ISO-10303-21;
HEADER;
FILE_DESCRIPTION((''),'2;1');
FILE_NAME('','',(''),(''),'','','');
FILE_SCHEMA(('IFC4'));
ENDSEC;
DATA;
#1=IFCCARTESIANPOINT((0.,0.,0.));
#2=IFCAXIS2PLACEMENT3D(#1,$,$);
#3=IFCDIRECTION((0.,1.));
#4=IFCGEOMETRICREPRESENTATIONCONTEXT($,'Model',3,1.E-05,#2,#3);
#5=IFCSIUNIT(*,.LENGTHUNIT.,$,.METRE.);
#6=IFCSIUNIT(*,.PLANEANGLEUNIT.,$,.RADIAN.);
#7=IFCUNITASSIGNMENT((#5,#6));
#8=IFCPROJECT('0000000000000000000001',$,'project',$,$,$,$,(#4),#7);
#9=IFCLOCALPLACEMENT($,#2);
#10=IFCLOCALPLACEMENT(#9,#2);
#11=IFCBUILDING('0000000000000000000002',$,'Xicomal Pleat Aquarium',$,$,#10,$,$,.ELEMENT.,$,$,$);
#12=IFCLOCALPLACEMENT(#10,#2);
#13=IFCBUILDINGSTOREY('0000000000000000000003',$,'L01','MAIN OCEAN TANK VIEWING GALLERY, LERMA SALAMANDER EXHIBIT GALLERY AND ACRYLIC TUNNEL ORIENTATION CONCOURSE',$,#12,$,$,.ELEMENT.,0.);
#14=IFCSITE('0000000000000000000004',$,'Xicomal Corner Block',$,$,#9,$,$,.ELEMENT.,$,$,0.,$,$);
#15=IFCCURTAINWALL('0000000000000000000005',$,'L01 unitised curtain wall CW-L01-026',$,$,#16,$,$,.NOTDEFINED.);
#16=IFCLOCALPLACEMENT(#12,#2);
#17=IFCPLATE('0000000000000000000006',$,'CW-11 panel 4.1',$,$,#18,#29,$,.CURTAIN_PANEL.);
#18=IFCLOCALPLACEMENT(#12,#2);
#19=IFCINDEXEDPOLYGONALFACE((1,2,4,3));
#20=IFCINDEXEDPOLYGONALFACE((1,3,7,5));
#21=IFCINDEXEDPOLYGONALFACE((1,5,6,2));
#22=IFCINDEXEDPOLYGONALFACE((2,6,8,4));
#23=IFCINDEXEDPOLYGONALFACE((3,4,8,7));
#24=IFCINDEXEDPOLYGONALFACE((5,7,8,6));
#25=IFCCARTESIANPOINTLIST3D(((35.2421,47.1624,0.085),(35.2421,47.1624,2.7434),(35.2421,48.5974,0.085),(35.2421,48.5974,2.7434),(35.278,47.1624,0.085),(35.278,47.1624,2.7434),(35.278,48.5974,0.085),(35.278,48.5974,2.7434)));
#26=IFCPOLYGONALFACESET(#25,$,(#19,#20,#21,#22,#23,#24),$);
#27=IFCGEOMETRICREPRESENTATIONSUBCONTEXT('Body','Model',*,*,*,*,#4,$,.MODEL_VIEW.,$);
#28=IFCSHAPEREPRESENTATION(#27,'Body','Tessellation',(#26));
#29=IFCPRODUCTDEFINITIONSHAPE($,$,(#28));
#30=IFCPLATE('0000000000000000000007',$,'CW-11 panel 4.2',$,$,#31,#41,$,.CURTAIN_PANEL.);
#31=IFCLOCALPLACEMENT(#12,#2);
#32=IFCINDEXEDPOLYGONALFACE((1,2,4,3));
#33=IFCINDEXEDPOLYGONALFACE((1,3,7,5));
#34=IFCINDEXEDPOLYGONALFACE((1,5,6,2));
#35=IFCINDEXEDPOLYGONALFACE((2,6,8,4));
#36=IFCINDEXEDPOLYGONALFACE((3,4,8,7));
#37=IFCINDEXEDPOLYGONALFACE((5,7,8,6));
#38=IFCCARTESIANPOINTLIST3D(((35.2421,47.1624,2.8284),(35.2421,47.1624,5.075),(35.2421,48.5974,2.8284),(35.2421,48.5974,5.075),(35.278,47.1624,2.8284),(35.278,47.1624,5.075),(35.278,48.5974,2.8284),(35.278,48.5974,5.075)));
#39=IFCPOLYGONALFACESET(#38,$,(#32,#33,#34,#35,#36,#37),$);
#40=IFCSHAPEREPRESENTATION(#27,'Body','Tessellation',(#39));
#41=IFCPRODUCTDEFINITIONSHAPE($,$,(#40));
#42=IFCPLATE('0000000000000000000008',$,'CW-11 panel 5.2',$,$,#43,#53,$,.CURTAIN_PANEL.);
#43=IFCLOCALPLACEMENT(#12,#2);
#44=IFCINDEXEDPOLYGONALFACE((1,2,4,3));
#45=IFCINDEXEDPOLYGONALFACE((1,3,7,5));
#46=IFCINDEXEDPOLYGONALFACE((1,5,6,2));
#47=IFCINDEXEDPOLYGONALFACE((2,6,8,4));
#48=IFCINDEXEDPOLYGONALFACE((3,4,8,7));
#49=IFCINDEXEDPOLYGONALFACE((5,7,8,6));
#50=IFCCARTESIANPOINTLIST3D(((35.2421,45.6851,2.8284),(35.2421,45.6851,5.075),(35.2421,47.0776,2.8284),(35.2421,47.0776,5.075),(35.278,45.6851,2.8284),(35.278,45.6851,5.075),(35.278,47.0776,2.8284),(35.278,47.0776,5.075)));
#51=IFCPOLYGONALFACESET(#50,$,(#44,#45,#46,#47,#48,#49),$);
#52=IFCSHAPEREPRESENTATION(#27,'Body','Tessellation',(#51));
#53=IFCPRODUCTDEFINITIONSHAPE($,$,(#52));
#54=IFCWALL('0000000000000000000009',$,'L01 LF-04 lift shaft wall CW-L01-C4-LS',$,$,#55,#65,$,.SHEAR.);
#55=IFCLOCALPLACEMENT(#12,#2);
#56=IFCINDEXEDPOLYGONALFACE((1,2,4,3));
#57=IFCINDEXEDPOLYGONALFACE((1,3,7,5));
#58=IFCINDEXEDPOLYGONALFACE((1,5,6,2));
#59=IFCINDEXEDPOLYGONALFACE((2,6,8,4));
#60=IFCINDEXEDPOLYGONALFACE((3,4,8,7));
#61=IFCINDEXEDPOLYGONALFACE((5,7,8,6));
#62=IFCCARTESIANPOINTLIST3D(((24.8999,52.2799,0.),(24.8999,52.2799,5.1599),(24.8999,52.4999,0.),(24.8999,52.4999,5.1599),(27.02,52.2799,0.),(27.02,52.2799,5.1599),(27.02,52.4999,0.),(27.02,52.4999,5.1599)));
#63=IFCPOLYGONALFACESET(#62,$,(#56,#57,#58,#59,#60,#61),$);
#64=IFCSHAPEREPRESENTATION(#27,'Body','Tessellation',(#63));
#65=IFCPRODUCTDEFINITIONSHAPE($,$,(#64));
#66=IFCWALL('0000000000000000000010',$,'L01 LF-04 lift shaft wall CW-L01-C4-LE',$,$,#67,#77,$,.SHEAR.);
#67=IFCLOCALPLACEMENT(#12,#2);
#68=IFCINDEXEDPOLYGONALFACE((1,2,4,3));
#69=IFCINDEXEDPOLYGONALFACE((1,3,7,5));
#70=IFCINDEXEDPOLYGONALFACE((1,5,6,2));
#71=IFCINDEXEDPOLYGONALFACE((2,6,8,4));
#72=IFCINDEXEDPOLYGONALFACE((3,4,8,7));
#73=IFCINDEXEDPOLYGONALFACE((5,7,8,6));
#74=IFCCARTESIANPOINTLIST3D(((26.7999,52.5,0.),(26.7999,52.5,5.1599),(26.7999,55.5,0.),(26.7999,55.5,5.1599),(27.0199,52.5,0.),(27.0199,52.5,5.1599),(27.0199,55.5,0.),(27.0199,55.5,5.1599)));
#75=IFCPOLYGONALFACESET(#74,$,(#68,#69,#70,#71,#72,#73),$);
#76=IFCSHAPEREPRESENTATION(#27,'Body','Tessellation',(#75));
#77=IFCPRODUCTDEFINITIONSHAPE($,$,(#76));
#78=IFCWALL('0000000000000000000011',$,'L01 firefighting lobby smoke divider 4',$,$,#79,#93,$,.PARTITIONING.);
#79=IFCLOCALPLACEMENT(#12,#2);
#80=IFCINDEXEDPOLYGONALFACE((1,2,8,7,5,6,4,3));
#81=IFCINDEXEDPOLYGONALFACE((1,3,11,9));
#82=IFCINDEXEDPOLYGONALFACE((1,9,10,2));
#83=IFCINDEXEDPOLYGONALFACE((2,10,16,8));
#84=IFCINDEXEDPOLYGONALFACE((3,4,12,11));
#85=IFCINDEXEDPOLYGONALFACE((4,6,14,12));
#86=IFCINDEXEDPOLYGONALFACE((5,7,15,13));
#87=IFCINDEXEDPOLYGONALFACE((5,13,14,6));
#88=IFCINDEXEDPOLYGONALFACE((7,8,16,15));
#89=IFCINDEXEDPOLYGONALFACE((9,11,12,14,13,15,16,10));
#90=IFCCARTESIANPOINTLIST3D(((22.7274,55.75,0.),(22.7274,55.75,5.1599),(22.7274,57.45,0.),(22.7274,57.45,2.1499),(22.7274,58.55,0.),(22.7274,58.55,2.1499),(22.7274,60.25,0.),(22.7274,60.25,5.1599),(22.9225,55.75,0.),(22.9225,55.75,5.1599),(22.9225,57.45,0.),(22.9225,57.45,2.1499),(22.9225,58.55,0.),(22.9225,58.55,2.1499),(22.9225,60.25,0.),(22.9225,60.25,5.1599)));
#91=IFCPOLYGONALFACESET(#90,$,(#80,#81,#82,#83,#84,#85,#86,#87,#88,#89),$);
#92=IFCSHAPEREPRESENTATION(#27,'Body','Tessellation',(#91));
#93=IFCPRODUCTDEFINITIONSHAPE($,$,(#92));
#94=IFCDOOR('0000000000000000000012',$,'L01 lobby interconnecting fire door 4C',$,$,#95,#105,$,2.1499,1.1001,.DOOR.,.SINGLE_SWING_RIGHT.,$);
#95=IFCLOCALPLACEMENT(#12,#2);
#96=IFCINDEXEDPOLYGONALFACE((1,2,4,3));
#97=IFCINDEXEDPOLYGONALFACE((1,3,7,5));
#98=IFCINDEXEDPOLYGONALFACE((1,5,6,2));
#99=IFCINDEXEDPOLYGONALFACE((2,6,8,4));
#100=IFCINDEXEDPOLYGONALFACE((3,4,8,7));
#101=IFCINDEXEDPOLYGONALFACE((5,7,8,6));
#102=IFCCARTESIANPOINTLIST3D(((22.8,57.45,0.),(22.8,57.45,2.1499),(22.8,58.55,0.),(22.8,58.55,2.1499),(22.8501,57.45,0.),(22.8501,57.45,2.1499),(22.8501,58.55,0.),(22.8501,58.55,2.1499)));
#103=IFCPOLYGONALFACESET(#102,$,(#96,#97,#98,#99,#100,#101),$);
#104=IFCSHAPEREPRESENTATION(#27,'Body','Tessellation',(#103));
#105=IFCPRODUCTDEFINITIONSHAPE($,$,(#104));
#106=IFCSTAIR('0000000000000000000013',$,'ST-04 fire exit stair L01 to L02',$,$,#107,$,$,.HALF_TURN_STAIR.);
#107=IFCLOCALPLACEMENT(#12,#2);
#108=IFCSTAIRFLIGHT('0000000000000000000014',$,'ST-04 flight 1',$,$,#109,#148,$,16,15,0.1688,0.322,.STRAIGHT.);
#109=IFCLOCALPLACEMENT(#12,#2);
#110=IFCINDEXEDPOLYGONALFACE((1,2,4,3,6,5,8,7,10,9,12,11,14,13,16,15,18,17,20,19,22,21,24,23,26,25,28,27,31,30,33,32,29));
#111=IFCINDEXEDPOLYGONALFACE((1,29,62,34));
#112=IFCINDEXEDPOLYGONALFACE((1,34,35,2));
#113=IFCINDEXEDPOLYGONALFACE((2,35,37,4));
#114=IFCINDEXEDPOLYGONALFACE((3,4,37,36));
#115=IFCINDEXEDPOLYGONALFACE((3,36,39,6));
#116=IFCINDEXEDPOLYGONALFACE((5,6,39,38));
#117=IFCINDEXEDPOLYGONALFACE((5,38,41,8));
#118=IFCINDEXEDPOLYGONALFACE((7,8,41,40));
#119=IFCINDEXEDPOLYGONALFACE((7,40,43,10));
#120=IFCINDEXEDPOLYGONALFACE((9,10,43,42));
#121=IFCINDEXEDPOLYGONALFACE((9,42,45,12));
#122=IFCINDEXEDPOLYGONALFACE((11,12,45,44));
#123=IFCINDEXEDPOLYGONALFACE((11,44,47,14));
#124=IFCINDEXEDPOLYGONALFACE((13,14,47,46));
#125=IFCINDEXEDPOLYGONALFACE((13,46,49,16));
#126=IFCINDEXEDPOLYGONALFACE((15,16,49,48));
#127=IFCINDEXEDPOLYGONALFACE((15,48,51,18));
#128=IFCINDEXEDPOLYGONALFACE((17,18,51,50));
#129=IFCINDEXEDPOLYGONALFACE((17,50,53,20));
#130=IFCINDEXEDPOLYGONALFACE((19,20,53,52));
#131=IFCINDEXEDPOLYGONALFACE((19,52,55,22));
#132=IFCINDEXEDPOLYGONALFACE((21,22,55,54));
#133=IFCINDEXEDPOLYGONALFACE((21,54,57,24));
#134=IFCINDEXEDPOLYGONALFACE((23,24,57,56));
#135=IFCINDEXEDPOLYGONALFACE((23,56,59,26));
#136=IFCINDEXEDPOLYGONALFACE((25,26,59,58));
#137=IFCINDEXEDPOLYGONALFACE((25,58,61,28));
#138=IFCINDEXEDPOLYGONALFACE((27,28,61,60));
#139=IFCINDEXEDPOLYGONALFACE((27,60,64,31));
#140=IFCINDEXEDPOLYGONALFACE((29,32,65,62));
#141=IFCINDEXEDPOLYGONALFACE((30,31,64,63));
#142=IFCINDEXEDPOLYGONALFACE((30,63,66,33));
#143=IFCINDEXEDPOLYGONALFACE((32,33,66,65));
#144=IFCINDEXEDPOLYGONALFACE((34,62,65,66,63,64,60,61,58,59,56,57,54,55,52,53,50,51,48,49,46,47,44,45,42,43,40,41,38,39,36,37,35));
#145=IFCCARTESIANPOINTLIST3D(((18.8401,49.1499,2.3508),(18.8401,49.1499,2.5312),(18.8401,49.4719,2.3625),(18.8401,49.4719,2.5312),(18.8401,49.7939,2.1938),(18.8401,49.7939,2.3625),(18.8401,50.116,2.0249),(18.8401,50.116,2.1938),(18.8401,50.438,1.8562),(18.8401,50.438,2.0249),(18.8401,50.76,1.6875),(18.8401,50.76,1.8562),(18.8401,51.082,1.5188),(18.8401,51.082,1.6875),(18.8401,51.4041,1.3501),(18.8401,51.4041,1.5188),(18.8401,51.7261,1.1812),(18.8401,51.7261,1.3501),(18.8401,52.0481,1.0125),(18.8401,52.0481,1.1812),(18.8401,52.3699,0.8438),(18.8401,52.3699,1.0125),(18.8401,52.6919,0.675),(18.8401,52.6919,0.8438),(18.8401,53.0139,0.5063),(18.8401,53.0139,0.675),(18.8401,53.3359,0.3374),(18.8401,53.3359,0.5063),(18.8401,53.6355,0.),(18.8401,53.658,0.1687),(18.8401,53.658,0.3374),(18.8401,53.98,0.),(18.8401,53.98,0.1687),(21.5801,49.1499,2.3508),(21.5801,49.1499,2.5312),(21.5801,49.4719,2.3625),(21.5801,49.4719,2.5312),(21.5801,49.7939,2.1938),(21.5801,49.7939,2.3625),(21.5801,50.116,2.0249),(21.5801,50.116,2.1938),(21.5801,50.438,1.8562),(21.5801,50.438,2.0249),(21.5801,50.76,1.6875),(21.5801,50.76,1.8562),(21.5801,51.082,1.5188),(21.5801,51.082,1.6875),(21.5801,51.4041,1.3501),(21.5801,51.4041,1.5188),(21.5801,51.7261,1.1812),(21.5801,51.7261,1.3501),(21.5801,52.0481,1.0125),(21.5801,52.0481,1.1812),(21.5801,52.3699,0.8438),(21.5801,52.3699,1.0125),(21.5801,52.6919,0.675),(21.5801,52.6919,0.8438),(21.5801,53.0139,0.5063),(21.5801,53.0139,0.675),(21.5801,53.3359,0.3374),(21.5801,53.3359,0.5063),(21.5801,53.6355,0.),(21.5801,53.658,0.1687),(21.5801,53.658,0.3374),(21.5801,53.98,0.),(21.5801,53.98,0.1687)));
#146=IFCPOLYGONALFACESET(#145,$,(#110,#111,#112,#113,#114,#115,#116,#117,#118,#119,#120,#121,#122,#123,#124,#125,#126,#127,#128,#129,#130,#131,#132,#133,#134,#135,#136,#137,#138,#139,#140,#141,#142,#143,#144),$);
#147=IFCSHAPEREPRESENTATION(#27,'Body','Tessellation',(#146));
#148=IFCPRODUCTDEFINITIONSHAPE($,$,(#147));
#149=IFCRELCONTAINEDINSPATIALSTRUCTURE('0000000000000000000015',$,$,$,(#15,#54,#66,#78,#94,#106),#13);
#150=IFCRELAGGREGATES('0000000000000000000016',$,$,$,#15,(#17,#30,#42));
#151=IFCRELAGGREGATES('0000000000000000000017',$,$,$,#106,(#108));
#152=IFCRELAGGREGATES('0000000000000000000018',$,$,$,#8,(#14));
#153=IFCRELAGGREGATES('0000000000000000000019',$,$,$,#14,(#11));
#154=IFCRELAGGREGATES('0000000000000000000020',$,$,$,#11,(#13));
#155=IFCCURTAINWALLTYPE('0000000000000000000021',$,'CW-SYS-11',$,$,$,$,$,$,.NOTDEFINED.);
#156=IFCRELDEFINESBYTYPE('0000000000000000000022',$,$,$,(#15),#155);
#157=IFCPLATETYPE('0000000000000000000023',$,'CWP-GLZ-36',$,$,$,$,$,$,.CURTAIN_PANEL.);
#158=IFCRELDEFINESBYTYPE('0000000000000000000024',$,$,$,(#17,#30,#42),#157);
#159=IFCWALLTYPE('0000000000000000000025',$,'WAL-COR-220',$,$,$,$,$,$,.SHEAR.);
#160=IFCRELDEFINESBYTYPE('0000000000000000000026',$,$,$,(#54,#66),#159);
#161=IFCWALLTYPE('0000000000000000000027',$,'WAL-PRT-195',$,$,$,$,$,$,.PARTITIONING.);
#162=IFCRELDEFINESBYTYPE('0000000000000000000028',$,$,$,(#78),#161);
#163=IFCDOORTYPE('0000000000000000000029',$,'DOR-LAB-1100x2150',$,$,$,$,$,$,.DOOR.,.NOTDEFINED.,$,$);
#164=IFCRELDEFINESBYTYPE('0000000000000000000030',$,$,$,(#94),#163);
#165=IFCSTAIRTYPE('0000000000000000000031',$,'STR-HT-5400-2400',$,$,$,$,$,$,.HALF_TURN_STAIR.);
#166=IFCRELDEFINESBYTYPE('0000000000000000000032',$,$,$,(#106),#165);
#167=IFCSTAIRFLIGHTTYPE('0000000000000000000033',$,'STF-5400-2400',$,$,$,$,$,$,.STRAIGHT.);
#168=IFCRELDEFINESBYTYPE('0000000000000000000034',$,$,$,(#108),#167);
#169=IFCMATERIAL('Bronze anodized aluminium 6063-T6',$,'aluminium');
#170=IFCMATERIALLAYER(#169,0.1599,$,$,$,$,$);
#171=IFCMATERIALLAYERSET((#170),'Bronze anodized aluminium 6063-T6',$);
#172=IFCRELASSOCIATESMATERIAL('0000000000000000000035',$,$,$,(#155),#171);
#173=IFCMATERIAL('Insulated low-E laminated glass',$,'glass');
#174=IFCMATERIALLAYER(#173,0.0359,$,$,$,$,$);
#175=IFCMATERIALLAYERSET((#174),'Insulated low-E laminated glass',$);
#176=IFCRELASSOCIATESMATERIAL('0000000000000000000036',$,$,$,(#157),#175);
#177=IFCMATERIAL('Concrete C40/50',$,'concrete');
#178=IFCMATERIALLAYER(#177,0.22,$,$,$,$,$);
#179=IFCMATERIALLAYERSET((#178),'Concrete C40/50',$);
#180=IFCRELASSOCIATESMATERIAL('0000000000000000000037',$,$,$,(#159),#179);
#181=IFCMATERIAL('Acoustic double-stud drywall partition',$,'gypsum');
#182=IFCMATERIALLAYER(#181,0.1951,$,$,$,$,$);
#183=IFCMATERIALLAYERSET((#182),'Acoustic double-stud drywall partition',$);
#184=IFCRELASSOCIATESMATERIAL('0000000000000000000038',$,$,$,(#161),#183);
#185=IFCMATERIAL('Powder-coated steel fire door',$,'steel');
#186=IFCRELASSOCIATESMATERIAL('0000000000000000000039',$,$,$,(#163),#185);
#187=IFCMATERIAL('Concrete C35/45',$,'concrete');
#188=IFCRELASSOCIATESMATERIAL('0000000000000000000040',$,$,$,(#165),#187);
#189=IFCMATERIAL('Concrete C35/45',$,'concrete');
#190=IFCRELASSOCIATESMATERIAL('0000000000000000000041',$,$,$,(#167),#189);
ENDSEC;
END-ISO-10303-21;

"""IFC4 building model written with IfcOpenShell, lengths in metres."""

from ifc_helpers import new_model, si_unit, direction, frame, frame_2d, origin, origin_2d, place, context, subcontext, project, spatial, polyline, rectangle, outline, extrude, material, layer, layer_set, type_object, element, fill, aggregate, save


model = new_model("IFC4")

# Units and contexts
model_context = context("Model", 3, precision=1e-05, world=origin(), true_north=direction((0.0, 1.0)))
body_context = subcontext(model_context, "Body", "Model", "MODEL_VIEW")
ifc_project = project(units=[si_unit("LENGTHUNIT", "METRE"), si_unit("PLANEANGLEUNIT", "RADIAN")], contexts=[model_context])

# Site, building, storey
site_placement = place(None, origin())
site = spatial("IfcSite", under=ifc_project, at=site_placement, Name="Xicomal Corner Block", CompositionType="ELEMENT", RefElevation=0.0)
building_placement = place(site_placement, origin())
building = spatial("IfcBuilding", under=site, at=building_placement, Name="Xicomal Pleat Aquarium", CompositionType="ELEMENT")
storey_placement = place(building_placement, origin())
storey = spatial("IfcBuildingStorey", under=building, at=storey_placement, Name="L01", Description="MAIN OCEAN TANK VIEWING GALLERY, LERMA SALAMANDER EXHIBIT GALLERY AND ACRYLIC TUNNEL ORIENTATION CONCOURSE", CompositionType="ELEMENT", Elevation=0.0)

# Curtain wall, plates
ifc_material_1 = material(Name="Bronze anodized aluminium 6063-T6", Category="aluminium")
ifc_layer_1 = layer(ifc_material_1, 0.1599)
ifc_layer_set_1 = layer_set([ifc_layer_1], Name="Bronze anodized aluminium 6063-T6")
curtain_wall_type = type_object("IfcCurtainWallType", Name="CW-SYS-11", PredefinedType="NOTDEFINED", material=ifc_layer_set_1)
curtain_wall_placement = place(storey_placement, origin())
curtain_wall = element("IfcCurtainWall", 1, at=curtain_wall_placement, inside=storey, type_object=curtain_wall_type, Name="L01 unitised curtain wall CW-L01-026", PredefinedType="NOTDEFINED")
ifc_material_2 = material(Name="Insulated low-E laminated glass", Category="glass")
ifc_layer_2 = layer(ifc_material_2, 0.0359)
ifc_layer_set_2 = layer_set([ifc_layer_2], Name="Insulated low-E laminated glass")
plate_type = type_object("IfcPlateType", Name="CWP-GLZ-36", PredefinedType="CURTAIN_PANEL", material=ifc_layer_set_2)
plate_1_placement = place(storey_placement, frame((35.26, 47.8799, 0.085), z_axis=(0.0, 0.0, 1.0), x_axis=(0.0, -1.0, 0.0)))
plate_1 = element("IfcPlate", 2, at=plate_1_placement, type_object=plate_type, Name="CW-11 panel 4.1", PredefinedType="CURTAIN_PANEL", context=body_context, shape_type="SweptSolid", body=[
    extrude(rectangle(XDim=1.4351, YDim=0.0359, at=origin_2d()), origin(), (0.0, 0.0, 1.0), 2.6584),
])
plate_2_placement = place(storey_placement, frame((35.26, 47.8799, 2.8284), z_axis=(0.0, 0.0, 1.0), x_axis=(0.0, -1.0, 0.0)))
plate_2 = element("IfcPlate", 3, at=plate_2_placement, type_object=plate_type, Name="CW-11 panel 4.2", PredefinedType="CURTAIN_PANEL", context=body_context, shape_type="SweptSolid", body=[
    extrude(rectangle(XDim=1.4351, YDim=0.0359, at=origin_2d()), origin(), (0.0, 0.0, 1.0), 2.2466),
])
plate_3_placement = place(storey_placement, frame((35.26, 46.3813, 2.8284), z_axis=(0.0, 0.0, 1.0), x_axis=(0.0, -1.0, 0.0)))
plate_3 = element("IfcPlate", 4, at=plate_3_placement, type_object=plate_type, Name="CW-11 panel 5.2", PredefinedType="CURTAIN_PANEL", context=body_context, shape_type="SweptSolid", body=[
    extrude(rectangle(XDim=1.3926, YDim=0.0359, at=origin_2d()), origin(), (0.0, 0.0, 1.0), 2.2466),
])
aggregate(curtain_wall, [plate_1, plate_2, plate_3])

# Wall
ifc_material_3 = material(Name="Concrete C40/50", Category="concrete")
ifc_layer_3 = layer(ifc_material_3, 0.22)
ifc_layer_set_3 = layer_set([ifc_layer_3], Name="Concrete C40/50")
wall_type_1 = type_object("IfcWallType", Name="WAL-COR-220", PredefinedType="SHEAR", material=ifc_layer_set_3)
wall_1_placement = place(storey_placement, frame((24.8999, 52.3899, 0.0), z_axis=(0.0, 0.0, 1.0), x_axis=(1.0, 0.0, 0.0)))
element("IfcWall", 5, at=wall_1_placement, inside=storey, type_object=wall_type_1, Name="L01 LF-04 lift shaft wall CW-L01-C4-LS", PredefinedType="SHEAR", context=body_context, shape_type="SweptSolid", body=[
    extrude(rectangle(XDim=2.1201, YDim=0.22, at=frame_2d((1.0601, 0.0))), origin(), (0.0, 0.0, 1.0), 5.1599),
])

# Wall
wall_2_placement = place(storey_placement, frame((26.9099, 52.5, 0.0), z_axis=(0.0, 0.0, 1.0), x_axis=(0.0, 1.0, 0.0)))
element("IfcWall", 6, at=wall_2_placement, inside=storey, type_object=wall_type_1, Name="L01 LF-04 lift shaft wall CW-L01-C4-LE", PredefinedType="SHEAR", context=body_context, shape_type="SweptSolid", body=[
    extrude(rectangle(XDim=3.0, YDim=0.22, at=frame_2d((1.5, 0.0))), origin(), (0.0, 0.0, 1.0), 5.1599),
])

# Wall, opening, door
ifc_material_4 = material(Name="Acoustic double-stud drywall partition", Category="gypsum")
ifc_layer_4 = layer(ifc_material_4, 0.1951)
ifc_layer_set_4 = layer_set([ifc_layer_4], Name="Acoustic double-stud drywall partition")
wall_type_2 = type_object("IfcWallType", Name="WAL-PRT-195", PredefinedType="PARTITIONING", material=ifc_layer_set_4)
wall_3_placement = place(storey_placement, frame((22.825, 55.75, 0.0), z_axis=(0.0, 0.0, 1.0), x_axis=(0.0, 1.0, 0.0)))
wall_3 = element("IfcWall", 7, at=wall_3_placement, inside=storey, type_object=wall_type_2, Name="L01 firefighting lobby smoke divider 4", PredefinedType="PARTITIONING", context=body_context, shape_type="SweptSolid", body=[
    extrude(rectangle(XDim=4.5, YDim=0.1951, at=frame_2d((2.25, 0.0))), origin(), (0.0, 0.0, 1.0), 5.1599),
])
opening_1_placement = place(wall_3_placement, frame((1.7, 0.0, 0.0)))
opening_1 = element("IfcOpeningElement", 8, at=opening_1_placement, cuts=wall_3, PredefinedType="OPENING", context=body_context, shape_type="SweptSolid", body=[
    extrude(rectangle(XDim=1.1001, YDim=2.1499, at=frame_2d((0.55, 1.075))), frame((0.0, 0.1074, 0.0), z_axis=(0.0, -1.0, 0.0), x_axis=(1.0, 0.0, 0.0)), (0.0, 0.0, 1.0), 0.2151),
])
ifc_material_5 = material(Name="Powder-coated steel fire door", Category="steel")
door_type_1 = type_object("IfcDoorType", Name="DOR-LAB-1100x2150", OperationType="NOTDEFINED", PredefinedType="DOOR", material=ifc_material_5)
door_1_placement = place(opening_1_placement, origin())
door_1 = element("IfcDoor", 9, at=door_1_placement, inside=storey, type_object=door_type_1, Name="L01 lobby interconnecting fire door 4C", OperationType="SINGLE_SWING_RIGHT", OverallHeight=2.1499, OverallWidth=1.1001, PredefinedType="DOOR", context=body_context, shape_type="SweptSolid", body=[
    extrude(rectangle(XDim=1.1001, YDim=2.1499, at=frame_2d((0.55, 1.075))), frame((0.0, 0.0249, 0.0), z_axis=(0.0, -1.0, 0.0), x_axis=(1.0, 0.0, 0.0)), (0.0, 0.0, 1.0), 0.05),
])
fill(opening_1, door_1)

# Stair, stair flight
ifc_material_6 = material(Name="Concrete C35/45", Category="concrete")
stair_type = type_object("IfcStairType", Name="STR-HT-5400-2400", PredefinedType="HALF_TURN_STAIR", material=ifc_material_6)
stair_placement = place(storey_placement, origin())
stair = element("IfcStair", 10, at=stair_placement, inside=storey, type_object=stair_type, Name="ST-04 fire exit stair L01 to L02", PredefinedType="HALF_TURN_STAIR")
ifc_material_7 = material(Name="Concrete C35/45", Category="concrete")
stair_flight_type = type_object("IfcStairFlightType", Name="STF-5400-2400", PredefinedType="STRAIGHT", material=ifc_material_7)
stair_flight_1_placement = place(storey_placement, frame((20.21, 53.98, 0.0), z_axis=(0.0, 0.0, 1.0), x_axis=(0.0, -1.0, 0.0)))
stair_flight_1 = element("IfcStairFlight", 11, at=stair_flight_1_placement, type_object=stair_flight_type, Name="ST-04 flight 1", NumberOfRisers=16, NumberOfTreads=15, PredefinedType="STRAIGHT", RiserHeight=0.1688, TreadLength=0.322, context=body_context, shape_type="SweptSolid", body=[
    extrude(outline(polyline([(0.0, 0.0), (0.0, 0.1687), (0.322, 0.1687), (0.322, 0.3374), (0.644, 0.3374), (0.644, 0.5063), (0.9661, 0.5063), (0.9661, 0.675), (1.2881, 0.675), (1.2881, 0.8438), (1.6101, 0.8438), (1.6101, 1.0125), (1.9319, 1.0125), (1.9319, 1.1812), (2.2539, 1.1812), (2.2539, 1.3501), (2.5759, 1.3501), (2.5759, 1.5188), (2.8979, 1.5188), (2.8979, 1.6875), (3.22, 1.6875), (3.22, 1.8562), (3.542, 1.8562), (3.542, 2.0249), (3.864, 2.0249), (3.864, 2.1938), (4.186, 2.1938), (4.186, 2.3625), (4.5081, 2.3625), (4.5081, 2.5312), (4.8301, 2.5312), (4.8301, 2.7), (4.8301, 2.3508), (0.3445, 0.0), (0.0, 0.0)])), frame((0.0, 1.3701, 0.0), z_axis=(0.0, -1.0, 0.0), x_axis=(1.0, 0.0, 0.0)), (0.0, 0.0, 1.0), 2.74),
])
aggregate(stair, [stair_flight_1])

save(model, "model.ifc")
